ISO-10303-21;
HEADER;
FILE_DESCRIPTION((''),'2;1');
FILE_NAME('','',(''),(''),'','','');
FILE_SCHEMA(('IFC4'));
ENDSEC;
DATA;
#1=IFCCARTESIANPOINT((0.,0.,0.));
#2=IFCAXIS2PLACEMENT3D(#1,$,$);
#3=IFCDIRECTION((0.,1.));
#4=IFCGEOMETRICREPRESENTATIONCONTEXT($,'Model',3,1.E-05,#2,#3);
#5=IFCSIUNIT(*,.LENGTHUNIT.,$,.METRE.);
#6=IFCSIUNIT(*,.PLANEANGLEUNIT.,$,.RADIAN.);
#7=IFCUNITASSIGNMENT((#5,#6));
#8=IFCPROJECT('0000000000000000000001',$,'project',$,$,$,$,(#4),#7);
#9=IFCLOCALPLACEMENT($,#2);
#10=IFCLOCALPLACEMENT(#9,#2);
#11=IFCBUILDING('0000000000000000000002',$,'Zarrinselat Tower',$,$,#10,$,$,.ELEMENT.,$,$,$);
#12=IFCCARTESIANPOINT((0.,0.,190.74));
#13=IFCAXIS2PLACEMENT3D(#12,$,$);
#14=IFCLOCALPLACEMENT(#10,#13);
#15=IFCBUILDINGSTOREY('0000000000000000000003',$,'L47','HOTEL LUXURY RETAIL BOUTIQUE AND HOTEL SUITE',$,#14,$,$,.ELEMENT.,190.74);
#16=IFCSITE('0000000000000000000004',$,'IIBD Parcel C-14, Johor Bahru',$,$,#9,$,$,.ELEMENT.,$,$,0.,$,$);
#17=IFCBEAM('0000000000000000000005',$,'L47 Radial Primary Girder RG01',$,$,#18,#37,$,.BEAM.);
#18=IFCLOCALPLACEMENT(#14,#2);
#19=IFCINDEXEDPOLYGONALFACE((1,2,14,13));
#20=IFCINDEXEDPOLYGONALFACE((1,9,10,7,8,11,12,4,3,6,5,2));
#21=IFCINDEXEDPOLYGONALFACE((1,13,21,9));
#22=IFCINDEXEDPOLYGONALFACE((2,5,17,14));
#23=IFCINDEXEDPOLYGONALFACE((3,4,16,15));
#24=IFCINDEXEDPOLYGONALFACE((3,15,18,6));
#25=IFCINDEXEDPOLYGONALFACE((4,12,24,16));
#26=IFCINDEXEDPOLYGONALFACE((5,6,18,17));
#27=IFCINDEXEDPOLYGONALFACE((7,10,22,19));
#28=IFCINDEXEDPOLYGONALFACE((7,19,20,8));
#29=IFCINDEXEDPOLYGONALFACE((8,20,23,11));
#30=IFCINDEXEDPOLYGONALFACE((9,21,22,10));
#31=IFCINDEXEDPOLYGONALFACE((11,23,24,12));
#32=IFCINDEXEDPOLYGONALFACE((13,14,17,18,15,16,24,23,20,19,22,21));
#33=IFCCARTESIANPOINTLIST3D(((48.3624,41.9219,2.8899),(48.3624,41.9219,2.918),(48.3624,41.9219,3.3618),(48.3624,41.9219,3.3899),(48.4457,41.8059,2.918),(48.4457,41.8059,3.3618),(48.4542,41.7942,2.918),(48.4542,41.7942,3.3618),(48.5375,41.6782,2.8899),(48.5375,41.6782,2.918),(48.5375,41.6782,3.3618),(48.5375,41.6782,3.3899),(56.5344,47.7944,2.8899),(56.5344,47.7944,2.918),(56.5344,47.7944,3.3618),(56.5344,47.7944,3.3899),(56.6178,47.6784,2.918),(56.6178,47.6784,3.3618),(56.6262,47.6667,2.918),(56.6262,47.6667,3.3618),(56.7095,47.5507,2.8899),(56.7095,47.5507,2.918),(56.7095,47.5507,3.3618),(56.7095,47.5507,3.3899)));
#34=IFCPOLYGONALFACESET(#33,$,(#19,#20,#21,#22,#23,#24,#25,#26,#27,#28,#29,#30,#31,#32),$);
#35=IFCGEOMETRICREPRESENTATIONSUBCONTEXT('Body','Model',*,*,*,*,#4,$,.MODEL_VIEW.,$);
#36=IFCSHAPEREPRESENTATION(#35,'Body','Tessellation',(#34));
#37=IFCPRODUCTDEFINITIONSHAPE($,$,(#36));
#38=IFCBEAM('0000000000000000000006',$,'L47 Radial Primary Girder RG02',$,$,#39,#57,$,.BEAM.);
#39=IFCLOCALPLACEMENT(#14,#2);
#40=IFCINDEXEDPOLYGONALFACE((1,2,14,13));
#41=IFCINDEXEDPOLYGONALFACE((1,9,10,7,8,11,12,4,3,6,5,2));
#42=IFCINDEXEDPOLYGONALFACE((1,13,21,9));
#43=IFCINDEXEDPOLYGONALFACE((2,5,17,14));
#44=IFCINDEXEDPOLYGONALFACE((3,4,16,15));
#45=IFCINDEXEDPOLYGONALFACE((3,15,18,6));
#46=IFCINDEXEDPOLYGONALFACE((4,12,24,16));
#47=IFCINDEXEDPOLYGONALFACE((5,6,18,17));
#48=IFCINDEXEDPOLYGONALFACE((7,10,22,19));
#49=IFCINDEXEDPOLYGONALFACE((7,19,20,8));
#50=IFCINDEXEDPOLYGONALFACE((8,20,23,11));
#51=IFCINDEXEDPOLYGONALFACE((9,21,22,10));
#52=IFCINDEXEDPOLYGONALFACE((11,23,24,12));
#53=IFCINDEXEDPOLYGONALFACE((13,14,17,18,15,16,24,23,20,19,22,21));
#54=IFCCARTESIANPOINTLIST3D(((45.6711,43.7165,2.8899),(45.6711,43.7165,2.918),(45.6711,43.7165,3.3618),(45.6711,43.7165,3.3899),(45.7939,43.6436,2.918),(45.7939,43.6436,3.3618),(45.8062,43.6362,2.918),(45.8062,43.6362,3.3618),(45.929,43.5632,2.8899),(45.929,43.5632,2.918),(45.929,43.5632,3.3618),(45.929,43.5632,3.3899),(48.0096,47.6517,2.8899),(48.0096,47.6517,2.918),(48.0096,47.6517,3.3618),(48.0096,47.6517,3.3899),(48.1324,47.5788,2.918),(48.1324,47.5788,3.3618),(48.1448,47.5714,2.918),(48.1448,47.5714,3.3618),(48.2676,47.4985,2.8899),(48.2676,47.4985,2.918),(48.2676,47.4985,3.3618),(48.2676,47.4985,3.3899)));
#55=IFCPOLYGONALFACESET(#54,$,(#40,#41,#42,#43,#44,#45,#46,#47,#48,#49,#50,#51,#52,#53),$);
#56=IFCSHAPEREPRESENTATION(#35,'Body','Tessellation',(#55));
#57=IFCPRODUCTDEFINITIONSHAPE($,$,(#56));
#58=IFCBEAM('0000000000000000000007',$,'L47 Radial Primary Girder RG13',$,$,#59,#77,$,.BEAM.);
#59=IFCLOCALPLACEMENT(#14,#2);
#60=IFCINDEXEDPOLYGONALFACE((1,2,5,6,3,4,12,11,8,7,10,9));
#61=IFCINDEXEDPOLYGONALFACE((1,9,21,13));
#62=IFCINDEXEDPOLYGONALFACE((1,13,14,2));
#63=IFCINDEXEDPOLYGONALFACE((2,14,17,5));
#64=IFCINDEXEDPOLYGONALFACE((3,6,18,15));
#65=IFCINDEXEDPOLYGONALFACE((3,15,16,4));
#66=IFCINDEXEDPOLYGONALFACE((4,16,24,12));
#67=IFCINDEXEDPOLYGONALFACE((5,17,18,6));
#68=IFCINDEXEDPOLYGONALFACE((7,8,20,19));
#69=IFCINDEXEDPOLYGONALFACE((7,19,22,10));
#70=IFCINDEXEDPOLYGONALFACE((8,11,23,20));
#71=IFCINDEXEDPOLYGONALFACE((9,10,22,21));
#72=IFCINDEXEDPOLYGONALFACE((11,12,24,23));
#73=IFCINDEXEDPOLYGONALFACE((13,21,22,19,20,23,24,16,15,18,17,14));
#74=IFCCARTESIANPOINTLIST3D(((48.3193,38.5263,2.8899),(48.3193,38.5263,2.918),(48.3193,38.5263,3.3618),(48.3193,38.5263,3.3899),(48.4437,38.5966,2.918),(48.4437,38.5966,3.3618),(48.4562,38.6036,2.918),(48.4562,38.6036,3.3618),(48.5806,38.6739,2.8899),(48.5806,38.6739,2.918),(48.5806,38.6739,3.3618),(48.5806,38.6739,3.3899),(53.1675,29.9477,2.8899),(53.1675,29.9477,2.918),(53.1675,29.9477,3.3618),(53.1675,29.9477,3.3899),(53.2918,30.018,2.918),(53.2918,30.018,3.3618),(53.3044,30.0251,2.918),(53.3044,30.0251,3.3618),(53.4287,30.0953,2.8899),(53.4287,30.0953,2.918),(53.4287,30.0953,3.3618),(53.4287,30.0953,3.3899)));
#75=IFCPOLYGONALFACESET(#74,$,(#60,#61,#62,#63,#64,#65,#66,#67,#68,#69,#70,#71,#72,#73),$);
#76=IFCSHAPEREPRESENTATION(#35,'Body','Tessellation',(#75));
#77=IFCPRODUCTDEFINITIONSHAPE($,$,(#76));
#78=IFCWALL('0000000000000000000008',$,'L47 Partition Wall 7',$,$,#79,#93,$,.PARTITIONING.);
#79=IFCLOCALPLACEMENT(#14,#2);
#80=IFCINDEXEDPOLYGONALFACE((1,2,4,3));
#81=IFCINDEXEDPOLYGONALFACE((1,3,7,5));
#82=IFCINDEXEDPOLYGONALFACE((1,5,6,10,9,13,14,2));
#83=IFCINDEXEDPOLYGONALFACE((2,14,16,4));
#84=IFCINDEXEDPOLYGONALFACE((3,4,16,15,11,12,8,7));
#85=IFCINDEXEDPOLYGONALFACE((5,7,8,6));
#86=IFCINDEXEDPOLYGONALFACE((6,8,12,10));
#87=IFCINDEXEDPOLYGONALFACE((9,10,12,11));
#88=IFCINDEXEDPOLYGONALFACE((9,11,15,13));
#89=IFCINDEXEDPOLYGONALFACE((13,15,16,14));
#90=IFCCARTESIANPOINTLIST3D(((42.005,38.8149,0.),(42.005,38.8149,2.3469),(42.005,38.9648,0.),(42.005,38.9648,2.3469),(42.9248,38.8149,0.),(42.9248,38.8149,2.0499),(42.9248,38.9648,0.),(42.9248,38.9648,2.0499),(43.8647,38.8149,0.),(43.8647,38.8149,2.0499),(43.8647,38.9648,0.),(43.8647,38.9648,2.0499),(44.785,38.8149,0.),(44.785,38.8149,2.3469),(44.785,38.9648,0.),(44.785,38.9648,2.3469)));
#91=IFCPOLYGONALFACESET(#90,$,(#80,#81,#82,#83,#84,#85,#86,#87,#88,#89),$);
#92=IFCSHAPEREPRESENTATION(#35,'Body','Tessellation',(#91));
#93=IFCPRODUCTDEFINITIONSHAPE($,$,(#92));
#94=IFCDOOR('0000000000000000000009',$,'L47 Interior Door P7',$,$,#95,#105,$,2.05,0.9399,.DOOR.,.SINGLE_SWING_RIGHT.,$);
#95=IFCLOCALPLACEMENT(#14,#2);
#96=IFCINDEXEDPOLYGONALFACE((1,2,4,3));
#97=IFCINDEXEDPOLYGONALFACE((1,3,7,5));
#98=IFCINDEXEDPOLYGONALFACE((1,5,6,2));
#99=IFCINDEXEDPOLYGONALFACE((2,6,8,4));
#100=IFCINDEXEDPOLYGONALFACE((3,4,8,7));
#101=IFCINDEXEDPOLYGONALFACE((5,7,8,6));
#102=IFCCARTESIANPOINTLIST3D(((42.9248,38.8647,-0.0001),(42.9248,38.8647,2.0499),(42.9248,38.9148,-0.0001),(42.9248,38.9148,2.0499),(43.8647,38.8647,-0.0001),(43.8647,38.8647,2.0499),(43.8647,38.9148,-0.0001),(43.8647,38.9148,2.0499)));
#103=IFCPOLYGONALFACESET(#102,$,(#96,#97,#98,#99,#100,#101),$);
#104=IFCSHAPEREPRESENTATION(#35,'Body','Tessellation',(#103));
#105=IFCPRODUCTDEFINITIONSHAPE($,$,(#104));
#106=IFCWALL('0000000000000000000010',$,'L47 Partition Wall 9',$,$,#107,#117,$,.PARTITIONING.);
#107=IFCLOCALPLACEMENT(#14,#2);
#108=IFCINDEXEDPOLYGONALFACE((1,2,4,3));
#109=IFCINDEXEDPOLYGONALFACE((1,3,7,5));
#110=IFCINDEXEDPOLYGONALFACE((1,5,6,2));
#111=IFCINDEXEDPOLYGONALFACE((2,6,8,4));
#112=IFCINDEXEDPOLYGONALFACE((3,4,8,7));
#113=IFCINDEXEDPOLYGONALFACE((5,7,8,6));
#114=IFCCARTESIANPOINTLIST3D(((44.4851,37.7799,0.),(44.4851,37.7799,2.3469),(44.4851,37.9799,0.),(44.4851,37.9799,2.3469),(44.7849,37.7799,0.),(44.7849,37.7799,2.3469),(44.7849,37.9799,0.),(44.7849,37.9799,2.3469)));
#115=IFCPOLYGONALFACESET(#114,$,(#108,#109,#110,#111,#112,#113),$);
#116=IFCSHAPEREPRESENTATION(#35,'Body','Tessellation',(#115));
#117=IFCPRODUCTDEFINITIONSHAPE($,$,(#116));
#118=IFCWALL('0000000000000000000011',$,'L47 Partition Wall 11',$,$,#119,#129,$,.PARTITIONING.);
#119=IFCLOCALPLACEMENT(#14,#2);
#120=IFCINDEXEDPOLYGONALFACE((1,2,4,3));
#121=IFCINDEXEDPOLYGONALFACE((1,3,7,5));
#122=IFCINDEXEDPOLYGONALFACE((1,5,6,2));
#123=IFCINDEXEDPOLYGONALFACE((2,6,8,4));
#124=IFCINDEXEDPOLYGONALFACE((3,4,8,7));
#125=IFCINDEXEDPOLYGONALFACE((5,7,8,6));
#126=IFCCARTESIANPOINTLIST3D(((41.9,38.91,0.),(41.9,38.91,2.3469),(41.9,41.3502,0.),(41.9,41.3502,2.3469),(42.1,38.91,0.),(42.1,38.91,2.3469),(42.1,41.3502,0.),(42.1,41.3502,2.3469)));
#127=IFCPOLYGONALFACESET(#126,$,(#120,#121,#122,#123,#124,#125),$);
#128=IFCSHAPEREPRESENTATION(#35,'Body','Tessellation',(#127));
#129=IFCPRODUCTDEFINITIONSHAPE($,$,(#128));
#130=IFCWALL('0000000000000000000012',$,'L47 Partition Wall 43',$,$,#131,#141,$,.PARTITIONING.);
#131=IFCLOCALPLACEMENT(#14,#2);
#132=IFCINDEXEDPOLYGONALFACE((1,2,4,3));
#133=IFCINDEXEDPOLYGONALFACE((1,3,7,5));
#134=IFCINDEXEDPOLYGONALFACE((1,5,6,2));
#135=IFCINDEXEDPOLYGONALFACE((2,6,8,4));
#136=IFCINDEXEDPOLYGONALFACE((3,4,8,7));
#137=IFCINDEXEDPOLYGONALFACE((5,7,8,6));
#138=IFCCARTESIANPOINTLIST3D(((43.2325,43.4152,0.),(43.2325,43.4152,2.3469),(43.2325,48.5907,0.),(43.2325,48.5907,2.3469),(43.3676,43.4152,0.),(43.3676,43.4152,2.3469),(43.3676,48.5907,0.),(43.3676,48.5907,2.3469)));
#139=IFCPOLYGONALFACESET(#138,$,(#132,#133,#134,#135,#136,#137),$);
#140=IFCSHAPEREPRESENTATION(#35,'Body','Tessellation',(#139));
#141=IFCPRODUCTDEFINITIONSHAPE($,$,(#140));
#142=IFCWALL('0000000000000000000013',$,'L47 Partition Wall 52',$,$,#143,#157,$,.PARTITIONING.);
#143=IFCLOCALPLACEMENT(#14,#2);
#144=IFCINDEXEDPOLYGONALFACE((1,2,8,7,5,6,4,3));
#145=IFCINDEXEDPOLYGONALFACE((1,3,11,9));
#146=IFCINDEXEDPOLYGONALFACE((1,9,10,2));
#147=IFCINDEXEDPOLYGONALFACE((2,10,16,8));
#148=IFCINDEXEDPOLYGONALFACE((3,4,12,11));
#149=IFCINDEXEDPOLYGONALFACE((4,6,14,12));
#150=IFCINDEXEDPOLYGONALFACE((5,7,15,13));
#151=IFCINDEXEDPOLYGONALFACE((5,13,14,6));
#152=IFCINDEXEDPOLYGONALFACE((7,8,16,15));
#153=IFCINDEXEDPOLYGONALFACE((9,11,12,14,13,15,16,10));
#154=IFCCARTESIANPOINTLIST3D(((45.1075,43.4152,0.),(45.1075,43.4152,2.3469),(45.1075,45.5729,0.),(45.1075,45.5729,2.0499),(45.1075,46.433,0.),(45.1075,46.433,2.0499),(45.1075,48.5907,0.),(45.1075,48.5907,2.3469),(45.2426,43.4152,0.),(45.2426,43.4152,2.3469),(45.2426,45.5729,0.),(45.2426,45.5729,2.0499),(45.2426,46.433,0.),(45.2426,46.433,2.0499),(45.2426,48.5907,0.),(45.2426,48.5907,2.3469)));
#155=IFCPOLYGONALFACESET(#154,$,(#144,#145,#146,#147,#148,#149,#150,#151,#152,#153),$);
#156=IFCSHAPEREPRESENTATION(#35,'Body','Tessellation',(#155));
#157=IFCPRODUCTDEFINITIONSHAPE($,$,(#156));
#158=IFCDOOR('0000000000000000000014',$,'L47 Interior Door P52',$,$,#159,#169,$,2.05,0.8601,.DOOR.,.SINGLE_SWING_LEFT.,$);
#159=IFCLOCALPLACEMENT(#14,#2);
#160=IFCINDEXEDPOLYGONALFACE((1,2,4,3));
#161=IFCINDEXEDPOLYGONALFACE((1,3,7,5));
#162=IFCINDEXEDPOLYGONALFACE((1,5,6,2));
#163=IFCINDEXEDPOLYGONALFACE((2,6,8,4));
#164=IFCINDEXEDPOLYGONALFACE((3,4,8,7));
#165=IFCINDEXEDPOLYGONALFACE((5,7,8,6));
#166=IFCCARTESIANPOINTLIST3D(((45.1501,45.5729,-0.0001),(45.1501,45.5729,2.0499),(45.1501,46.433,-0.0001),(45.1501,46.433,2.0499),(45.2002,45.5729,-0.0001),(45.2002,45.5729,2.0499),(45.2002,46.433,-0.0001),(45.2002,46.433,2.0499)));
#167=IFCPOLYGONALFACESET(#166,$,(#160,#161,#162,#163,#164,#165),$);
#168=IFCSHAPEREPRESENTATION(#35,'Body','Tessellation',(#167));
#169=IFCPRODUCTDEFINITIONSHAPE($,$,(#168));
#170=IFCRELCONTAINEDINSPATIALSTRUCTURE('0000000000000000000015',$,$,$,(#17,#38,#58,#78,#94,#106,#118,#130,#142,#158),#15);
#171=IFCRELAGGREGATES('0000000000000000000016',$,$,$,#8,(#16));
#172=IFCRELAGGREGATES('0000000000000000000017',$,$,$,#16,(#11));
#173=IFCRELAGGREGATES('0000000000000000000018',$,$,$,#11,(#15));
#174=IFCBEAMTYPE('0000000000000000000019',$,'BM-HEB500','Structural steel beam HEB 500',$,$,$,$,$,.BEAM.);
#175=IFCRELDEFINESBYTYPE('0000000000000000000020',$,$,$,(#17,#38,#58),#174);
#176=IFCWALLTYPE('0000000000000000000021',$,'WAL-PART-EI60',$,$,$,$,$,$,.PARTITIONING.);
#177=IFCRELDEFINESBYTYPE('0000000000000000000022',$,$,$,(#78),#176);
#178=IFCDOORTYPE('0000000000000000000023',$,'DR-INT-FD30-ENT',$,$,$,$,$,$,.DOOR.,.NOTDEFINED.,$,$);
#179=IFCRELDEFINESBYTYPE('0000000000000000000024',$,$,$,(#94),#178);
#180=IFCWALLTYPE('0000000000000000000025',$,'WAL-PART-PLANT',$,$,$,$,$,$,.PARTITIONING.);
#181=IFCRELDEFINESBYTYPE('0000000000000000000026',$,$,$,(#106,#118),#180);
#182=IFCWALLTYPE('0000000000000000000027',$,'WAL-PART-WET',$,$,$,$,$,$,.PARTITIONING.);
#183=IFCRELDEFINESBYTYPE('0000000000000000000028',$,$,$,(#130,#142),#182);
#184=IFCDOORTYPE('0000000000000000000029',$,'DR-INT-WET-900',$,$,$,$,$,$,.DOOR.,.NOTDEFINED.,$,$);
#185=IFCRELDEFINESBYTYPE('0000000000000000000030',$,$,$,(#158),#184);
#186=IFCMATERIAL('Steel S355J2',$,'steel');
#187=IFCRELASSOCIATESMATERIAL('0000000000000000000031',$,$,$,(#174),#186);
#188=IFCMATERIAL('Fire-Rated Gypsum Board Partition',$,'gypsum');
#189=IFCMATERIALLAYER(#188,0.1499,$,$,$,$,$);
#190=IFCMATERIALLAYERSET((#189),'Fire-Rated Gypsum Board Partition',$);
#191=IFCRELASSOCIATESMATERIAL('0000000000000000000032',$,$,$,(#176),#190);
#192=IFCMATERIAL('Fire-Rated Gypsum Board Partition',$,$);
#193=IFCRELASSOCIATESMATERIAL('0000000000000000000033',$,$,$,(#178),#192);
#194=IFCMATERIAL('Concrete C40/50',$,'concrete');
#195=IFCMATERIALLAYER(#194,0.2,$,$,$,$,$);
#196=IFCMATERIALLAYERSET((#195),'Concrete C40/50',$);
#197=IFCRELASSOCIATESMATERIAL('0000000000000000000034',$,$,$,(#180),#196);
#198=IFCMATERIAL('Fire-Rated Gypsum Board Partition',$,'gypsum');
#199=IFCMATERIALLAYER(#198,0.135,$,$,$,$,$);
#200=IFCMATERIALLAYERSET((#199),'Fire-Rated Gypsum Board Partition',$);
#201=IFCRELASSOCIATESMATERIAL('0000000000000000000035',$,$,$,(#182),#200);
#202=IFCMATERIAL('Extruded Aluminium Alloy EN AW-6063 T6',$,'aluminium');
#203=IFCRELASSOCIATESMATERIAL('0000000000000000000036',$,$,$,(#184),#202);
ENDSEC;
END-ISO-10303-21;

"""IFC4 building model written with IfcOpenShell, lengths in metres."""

from ifc_helpers import new_model, si_unit, direction, frame, frame_2d, origin, origin_2d, place, context, subcontext, project, spatial, rectangle, i_section, extrude, material, layer, layer_set, material_profile, profile_set, type_object, element, fill, save


model = new_model("IFC4")

# Units and contexts
model_context = context("Model", 3, precision=1e-05, world=origin(), true_north=direction((0.0, 1.0)))
body_context = subcontext(model_context, "Body", "Model", "MODEL_VIEW")
ifc_project = project(units=[si_unit("LENGTHUNIT", "METRE"), si_unit("PLANEANGLEUNIT", "RADIAN")], contexts=[model_context])

# Site, building, storey
site_placement = place(None, origin())
site = spatial("IfcSite", under=ifc_project, at=site_placement, Name="IIBD Parcel C-14, Johor Bahru", CompositionType="ELEMENT", RefElevation=0.0)
building_placement = place(site_placement, origin())
building = spatial("IfcBuilding", under=site, at=building_placement, Name="Zarrinselat Tower", CompositionType="ELEMENT")
storey_placement = place(building_placement, frame((0.0, 0.0, 190.74)))
storey = spatial("IfcBuildingStorey", under=building, at=storey_placement, Name="L47", Description="HOTEL LUXURY RETAIL BOUTIQUE AND HOTEL SUITE", CompositionType="ELEMENT", Elevation=190.74)

# Beams
ifc_material_1 = material(Name="Steel S355J2", Category="steel")
ifc_material_profile = material_profile(ifc_material_1, i_section(OverallWidth=0.3, OverallDepth=0.5, WebThickness=0.0144, FlangeThickness=0.0281, at=origin_2d()), Name="HEB 500")
ifc_profile_set = profile_set([ifc_material_profile], Name="Steel S355J2")
beam_type = type_object("IfcBeamType", Name="BM-HEB500", Description="Structural steel beam HEB 500", PredefinedType="BEAM", material=ifc_profile_set)
beam_1_placement = place(storey_placement, frame((48.45, 41.8, 3.1399), z_axis=(0.81207, 0.583561, 0.0), x_axis=(-0.583561, 0.81207, 0.0)))
element("IfcBeam", 1, at=beam_1_placement, inside=storey, type_object=beam_type, Name="L47 Radial Primary Girder RG01", PredefinedType="BEAM", context=body_context, shape_type="SweptSolid", body=[
    extrude(i_section(OverallWidth=0.3, OverallDepth=0.5, WebThickness=0.0144, FlangeThickness=0.0281, at=origin_2d()), origin(), (0.0, 0.0, 1.0), 10.0632),
])
beam_2_placement = place(storey_placement, frame((45.8, 43.6399, 3.1399), z_axis=(0.510868, 0.859659, 0.0), x_axis=(-0.859659, 0.510868, 0.0)))
element("IfcBeam", 2, at=beam_2_placement, inside=storey, type_object=beam_type, Name="L47 Radial Primary Girder RG02", PredefinedType="BEAM", context=body_context, shape_type="SweptSolid", body=[
    extrude(i_section(OverallWidth=0.3, OverallDepth=0.5, WebThickness=0.0144, FlangeThickness=0.0281, at=origin_2d()), origin(), (0.0, 0.0, 1.0), 4.5776),
])
beam_3_placement = place(storey_placement, frame((48.45, 38.6001, 3.1399), z_axis=(0.492008, -0.870591, 0.0), x_axis=(0.870591, 0.492008, 0.0)))
element("IfcBeam", 3, at=beam_3_placement, inside=storey, type_object=beam_type, Name="L47 Radial Primary Girder RG13", PredefinedType="BEAM", context=body_context, shape_type="SweptSolid", body=[
    extrude(i_section(OverallWidth=0.3, OverallDepth=0.5, WebThickness=0.0144, FlangeThickness=0.0281, at=origin_2d()), origin(), (0.0, 0.0, 1.0), 9.8538),
])

# Wall, opening, door
ifc_material_2 = material(Name="Fire-Rated Gypsum Board Partition", Category="gypsum")
ifc_layer_1 = layer(ifc_material_2, 0.1499)
ifc_layer_set_1 = layer_set([ifc_layer_1], Name="Fire-Rated Gypsum Board Partition")
wall_type_1 = type_object("IfcWallType", Name="WAL-PART-EI60", PredefinedType="PARTITIONING", material=ifc_layer_set_1)
wall_1_placement = place(storey_placement, frame((42.0049, 38.8899, 0.0), z_axis=(0.0, 0.0, 1.0), x_axis=(1.0, 0.0, 0.0)))
wall_1 = element("IfcWall", 4, at=wall_1_placement, inside=storey, type_object=wall_type_1, Name="L47 Partition Wall 7", PredefinedType="PARTITIONING", context=body_context, shape_type="SweptSolid", body=[
    extrude(rectangle(XDim=2.78, YDim=0.1499, at=frame_2d((1.3901, 0.0))), origin(), (0.0, 0.0, 1.0), 2.3469),
])
opening_1_placement = place(wall_1_placement, frame((0.9199, 0.0, 0.0)))
opening_1 = element("IfcOpeningElement", 5, at=opening_1_placement, cuts=wall_1, PredefinedType="OPENING", context=body_context, shape_type="SweptSolid", body=[
    extrude(rectangle(XDim=0.9399, YDim=2.05, at=frame_2d((0.47, 1.0249))), frame((0.0, 0.085, 0.0), z_axis=(0.0, -1.0, 0.0), x_axis=(1.0, 0.0, 0.0)), (0.0, 0.0, 1.0), 0.1699),
])
ifc_material_3 = material(Name="Fire-Rated Gypsum Board Partition")
door_type_1 = type_object("IfcDoorType", Name="DR-INT-FD30-ENT", OperationType="NOTDEFINED", PredefinedType="DOOR", material=ifc_material_3)
door_1_placement = place(opening_1_placement, origin())
door_1 = element("IfcDoor", 6, at=door_1_placement, inside=storey, type_object=door_type_1, Name="L47 Interior Door P7", OperationType="SINGLE_SWING_RIGHT", OverallHeight=2.05, OverallWidth=0.9399, PredefinedType="DOOR", context=body_context, shape_type="SweptSolid", body=[
    extrude(rectangle(XDim=0.9399, YDim=2.05, at=frame_2d((0.47, 1.0249))), frame((0.0, 0.0249, 0.0), z_axis=(0.0, -1.0, 0.0), x_axis=(1.0, 0.0, 0.0)), (0.0, 0.0, 1.0), 0.05),
])
fill(opening_1, door_1)

# Walls
ifc_material_4 = material(Name="Concrete C40/50", Category="concrete")
ifc_layer_2 = layer(ifc_material_4, 0.2)
ifc_layer_set_2 = layer_set([ifc_layer_2], Name="Concrete C40/50")
wall_type_2 = type_object("IfcWallType", Name="WAL-PART-PLANT", PredefinedType="PARTITIONING", material=ifc_layer_set_2)
wall_2_placement = place(storey_placement, frame((44.4851, 37.8799, 0.0), z_axis=(0.0, 0.0, 1.0), x_axis=(1.0, 0.0, 0.0)))
element("IfcWall", 7, at=wall_2_placement, inside=storey, type_object=wall_type_2, Name="L47 Partition Wall 9", PredefinedType="PARTITIONING", context=body_context, shape_type="SweptSolid", body=[
    extrude(rectangle(XDim=0.2998, YDim=0.2, at=frame_2d((0.1499, 0.0))), origin(), (0.0, 0.0, 1.0), 2.3469),
])
wall_3_placement = place(storey_placement, frame((42.0, 38.9099, 0.0), z_axis=(0.0, 0.0, 1.0), x_axis=(0.0, 1.0, 0.0)))
element("IfcWall", 8, at=wall_3_placement, inside=storey, type_object=wall_type_2, Name="L47 Partition Wall 11", PredefinedType="PARTITIONING", context=body_context, shape_type="SweptSolid", body=[
    extrude(rectangle(XDim=2.4402, YDim=0.2, at=frame_2d((1.2202, 0.0))), origin(), (0.0, 0.0, 1.0), 2.3469),
])
ifc_material_5 = material(Name="Fire-Rated Gypsum Board Partition", Category="gypsum")
ifc_layer_3 = layer(ifc_material_5, 0.135)
ifc_layer_set_3 = layer_set([ifc_layer_3], Name="Fire-Rated Gypsum Board Partition")
wall_type_3 = type_object("IfcWallType", Name="WAL-PART-WET", PredefinedType="PARTITIONING", material=ifc_layer_set_3)
wall_4_placement = place(storey_placement, frame((43.3, 43.415, 0.0), z_axis=(0.0, 0.0, 1.0), x_axis=(0.0, 1.0, 0.0)))
element("IfcWall", 9, at=wall_4_placement, inside=storey, type_object=wall_type_3, Name="L47 Partition Wall 43", PredefinedType="PARTITIONING", context=body_context, shape_type="SweptSolid", body=[
    extrude(rectangle(XDim=5.1755, YDim=0.135, at=frame_2d((2.5879, 0.0))), origin(), (0.0, 0.0, 1.0), 2.3469),
])

# Wall, opening, door
wall_5_placement = place(storey_placement, frame((45.175, 43.415, 0.0), z_axis=(0.0, 0.0, 1.0), x_axis=(0.0, 1.0, 0.0)))
wall_5 = element("IfcWall", 10, at=wall_5_placement, inside=storey, type_object=wall_type_3, Name="L47 Partition Wall 52", PredefinedType="PARTITIONING", context=body_context, shape_type="SweptSolid", body=[
    extrude(rectangle(XDim=5.1755, YDim=0.135, at=frame_2d((2.5879, 0.0))), origin(), (0.0, 0.0, 1.0), 2.3469),
])
opening_2_placement = place(wall_5_placement, frame((2.1577, 0.0, 0.0)))
opening_2 = element("IfcOpeningElement", 11, at=opening_2_placement, cuts=wall_5, PredefinedType="OPENING", context=body_context, shape_type="SweptSolid", body=[
    extrude(rectangle(XDim=0.8601, YDim=2.05, at=frame_2d((0.4302, 1.0249))), frame((0.0, 0.0774, 0.0), z_axis=(0.0, -1.0, 0.0), x_axis=(1.0, 0.0, 0.0)), (0.0, 0.0, 1.0), 0.155),
])
ifc_material_6 = material(Name="Extruded Aluminium Alloy EN AW-6063 T6", Category="aluminium")
door_type_2 = type_object("IfcDoorType", Name="DR-INT-WET-900", OperationType="NOTDEFINED", PredefinedType="DOOR", material=ifc_material_6)
door_2_placement = place(opening_2_placement, origin())
door_2 = element("IfcDoor", 12, at=door_2_placement, inside=storey, type_object=door_type_2, Name="L47 Interior Door P52", OperationType="SINGLE_SWING_LEFT", OverallHeight=2.05, OverallWidth=0.8601, PredefinedType="DOOR", context=body_context, shape_type="SweptSolid", body=[
    extrude(rectangle(XDim=0.8601, YDim=2.05, at=frame_2d((0.4302, 1.0249))), frame((0.0, 0.0249, 0.0), z_axis=(0.0, -1.0, 0.0), x_axis=(1.0, 0.0, 0.0)), (0.0, 0.0, 1.0), 0.05),
])
fill(opening_2, door_2)

save(model, "model.ifc")
